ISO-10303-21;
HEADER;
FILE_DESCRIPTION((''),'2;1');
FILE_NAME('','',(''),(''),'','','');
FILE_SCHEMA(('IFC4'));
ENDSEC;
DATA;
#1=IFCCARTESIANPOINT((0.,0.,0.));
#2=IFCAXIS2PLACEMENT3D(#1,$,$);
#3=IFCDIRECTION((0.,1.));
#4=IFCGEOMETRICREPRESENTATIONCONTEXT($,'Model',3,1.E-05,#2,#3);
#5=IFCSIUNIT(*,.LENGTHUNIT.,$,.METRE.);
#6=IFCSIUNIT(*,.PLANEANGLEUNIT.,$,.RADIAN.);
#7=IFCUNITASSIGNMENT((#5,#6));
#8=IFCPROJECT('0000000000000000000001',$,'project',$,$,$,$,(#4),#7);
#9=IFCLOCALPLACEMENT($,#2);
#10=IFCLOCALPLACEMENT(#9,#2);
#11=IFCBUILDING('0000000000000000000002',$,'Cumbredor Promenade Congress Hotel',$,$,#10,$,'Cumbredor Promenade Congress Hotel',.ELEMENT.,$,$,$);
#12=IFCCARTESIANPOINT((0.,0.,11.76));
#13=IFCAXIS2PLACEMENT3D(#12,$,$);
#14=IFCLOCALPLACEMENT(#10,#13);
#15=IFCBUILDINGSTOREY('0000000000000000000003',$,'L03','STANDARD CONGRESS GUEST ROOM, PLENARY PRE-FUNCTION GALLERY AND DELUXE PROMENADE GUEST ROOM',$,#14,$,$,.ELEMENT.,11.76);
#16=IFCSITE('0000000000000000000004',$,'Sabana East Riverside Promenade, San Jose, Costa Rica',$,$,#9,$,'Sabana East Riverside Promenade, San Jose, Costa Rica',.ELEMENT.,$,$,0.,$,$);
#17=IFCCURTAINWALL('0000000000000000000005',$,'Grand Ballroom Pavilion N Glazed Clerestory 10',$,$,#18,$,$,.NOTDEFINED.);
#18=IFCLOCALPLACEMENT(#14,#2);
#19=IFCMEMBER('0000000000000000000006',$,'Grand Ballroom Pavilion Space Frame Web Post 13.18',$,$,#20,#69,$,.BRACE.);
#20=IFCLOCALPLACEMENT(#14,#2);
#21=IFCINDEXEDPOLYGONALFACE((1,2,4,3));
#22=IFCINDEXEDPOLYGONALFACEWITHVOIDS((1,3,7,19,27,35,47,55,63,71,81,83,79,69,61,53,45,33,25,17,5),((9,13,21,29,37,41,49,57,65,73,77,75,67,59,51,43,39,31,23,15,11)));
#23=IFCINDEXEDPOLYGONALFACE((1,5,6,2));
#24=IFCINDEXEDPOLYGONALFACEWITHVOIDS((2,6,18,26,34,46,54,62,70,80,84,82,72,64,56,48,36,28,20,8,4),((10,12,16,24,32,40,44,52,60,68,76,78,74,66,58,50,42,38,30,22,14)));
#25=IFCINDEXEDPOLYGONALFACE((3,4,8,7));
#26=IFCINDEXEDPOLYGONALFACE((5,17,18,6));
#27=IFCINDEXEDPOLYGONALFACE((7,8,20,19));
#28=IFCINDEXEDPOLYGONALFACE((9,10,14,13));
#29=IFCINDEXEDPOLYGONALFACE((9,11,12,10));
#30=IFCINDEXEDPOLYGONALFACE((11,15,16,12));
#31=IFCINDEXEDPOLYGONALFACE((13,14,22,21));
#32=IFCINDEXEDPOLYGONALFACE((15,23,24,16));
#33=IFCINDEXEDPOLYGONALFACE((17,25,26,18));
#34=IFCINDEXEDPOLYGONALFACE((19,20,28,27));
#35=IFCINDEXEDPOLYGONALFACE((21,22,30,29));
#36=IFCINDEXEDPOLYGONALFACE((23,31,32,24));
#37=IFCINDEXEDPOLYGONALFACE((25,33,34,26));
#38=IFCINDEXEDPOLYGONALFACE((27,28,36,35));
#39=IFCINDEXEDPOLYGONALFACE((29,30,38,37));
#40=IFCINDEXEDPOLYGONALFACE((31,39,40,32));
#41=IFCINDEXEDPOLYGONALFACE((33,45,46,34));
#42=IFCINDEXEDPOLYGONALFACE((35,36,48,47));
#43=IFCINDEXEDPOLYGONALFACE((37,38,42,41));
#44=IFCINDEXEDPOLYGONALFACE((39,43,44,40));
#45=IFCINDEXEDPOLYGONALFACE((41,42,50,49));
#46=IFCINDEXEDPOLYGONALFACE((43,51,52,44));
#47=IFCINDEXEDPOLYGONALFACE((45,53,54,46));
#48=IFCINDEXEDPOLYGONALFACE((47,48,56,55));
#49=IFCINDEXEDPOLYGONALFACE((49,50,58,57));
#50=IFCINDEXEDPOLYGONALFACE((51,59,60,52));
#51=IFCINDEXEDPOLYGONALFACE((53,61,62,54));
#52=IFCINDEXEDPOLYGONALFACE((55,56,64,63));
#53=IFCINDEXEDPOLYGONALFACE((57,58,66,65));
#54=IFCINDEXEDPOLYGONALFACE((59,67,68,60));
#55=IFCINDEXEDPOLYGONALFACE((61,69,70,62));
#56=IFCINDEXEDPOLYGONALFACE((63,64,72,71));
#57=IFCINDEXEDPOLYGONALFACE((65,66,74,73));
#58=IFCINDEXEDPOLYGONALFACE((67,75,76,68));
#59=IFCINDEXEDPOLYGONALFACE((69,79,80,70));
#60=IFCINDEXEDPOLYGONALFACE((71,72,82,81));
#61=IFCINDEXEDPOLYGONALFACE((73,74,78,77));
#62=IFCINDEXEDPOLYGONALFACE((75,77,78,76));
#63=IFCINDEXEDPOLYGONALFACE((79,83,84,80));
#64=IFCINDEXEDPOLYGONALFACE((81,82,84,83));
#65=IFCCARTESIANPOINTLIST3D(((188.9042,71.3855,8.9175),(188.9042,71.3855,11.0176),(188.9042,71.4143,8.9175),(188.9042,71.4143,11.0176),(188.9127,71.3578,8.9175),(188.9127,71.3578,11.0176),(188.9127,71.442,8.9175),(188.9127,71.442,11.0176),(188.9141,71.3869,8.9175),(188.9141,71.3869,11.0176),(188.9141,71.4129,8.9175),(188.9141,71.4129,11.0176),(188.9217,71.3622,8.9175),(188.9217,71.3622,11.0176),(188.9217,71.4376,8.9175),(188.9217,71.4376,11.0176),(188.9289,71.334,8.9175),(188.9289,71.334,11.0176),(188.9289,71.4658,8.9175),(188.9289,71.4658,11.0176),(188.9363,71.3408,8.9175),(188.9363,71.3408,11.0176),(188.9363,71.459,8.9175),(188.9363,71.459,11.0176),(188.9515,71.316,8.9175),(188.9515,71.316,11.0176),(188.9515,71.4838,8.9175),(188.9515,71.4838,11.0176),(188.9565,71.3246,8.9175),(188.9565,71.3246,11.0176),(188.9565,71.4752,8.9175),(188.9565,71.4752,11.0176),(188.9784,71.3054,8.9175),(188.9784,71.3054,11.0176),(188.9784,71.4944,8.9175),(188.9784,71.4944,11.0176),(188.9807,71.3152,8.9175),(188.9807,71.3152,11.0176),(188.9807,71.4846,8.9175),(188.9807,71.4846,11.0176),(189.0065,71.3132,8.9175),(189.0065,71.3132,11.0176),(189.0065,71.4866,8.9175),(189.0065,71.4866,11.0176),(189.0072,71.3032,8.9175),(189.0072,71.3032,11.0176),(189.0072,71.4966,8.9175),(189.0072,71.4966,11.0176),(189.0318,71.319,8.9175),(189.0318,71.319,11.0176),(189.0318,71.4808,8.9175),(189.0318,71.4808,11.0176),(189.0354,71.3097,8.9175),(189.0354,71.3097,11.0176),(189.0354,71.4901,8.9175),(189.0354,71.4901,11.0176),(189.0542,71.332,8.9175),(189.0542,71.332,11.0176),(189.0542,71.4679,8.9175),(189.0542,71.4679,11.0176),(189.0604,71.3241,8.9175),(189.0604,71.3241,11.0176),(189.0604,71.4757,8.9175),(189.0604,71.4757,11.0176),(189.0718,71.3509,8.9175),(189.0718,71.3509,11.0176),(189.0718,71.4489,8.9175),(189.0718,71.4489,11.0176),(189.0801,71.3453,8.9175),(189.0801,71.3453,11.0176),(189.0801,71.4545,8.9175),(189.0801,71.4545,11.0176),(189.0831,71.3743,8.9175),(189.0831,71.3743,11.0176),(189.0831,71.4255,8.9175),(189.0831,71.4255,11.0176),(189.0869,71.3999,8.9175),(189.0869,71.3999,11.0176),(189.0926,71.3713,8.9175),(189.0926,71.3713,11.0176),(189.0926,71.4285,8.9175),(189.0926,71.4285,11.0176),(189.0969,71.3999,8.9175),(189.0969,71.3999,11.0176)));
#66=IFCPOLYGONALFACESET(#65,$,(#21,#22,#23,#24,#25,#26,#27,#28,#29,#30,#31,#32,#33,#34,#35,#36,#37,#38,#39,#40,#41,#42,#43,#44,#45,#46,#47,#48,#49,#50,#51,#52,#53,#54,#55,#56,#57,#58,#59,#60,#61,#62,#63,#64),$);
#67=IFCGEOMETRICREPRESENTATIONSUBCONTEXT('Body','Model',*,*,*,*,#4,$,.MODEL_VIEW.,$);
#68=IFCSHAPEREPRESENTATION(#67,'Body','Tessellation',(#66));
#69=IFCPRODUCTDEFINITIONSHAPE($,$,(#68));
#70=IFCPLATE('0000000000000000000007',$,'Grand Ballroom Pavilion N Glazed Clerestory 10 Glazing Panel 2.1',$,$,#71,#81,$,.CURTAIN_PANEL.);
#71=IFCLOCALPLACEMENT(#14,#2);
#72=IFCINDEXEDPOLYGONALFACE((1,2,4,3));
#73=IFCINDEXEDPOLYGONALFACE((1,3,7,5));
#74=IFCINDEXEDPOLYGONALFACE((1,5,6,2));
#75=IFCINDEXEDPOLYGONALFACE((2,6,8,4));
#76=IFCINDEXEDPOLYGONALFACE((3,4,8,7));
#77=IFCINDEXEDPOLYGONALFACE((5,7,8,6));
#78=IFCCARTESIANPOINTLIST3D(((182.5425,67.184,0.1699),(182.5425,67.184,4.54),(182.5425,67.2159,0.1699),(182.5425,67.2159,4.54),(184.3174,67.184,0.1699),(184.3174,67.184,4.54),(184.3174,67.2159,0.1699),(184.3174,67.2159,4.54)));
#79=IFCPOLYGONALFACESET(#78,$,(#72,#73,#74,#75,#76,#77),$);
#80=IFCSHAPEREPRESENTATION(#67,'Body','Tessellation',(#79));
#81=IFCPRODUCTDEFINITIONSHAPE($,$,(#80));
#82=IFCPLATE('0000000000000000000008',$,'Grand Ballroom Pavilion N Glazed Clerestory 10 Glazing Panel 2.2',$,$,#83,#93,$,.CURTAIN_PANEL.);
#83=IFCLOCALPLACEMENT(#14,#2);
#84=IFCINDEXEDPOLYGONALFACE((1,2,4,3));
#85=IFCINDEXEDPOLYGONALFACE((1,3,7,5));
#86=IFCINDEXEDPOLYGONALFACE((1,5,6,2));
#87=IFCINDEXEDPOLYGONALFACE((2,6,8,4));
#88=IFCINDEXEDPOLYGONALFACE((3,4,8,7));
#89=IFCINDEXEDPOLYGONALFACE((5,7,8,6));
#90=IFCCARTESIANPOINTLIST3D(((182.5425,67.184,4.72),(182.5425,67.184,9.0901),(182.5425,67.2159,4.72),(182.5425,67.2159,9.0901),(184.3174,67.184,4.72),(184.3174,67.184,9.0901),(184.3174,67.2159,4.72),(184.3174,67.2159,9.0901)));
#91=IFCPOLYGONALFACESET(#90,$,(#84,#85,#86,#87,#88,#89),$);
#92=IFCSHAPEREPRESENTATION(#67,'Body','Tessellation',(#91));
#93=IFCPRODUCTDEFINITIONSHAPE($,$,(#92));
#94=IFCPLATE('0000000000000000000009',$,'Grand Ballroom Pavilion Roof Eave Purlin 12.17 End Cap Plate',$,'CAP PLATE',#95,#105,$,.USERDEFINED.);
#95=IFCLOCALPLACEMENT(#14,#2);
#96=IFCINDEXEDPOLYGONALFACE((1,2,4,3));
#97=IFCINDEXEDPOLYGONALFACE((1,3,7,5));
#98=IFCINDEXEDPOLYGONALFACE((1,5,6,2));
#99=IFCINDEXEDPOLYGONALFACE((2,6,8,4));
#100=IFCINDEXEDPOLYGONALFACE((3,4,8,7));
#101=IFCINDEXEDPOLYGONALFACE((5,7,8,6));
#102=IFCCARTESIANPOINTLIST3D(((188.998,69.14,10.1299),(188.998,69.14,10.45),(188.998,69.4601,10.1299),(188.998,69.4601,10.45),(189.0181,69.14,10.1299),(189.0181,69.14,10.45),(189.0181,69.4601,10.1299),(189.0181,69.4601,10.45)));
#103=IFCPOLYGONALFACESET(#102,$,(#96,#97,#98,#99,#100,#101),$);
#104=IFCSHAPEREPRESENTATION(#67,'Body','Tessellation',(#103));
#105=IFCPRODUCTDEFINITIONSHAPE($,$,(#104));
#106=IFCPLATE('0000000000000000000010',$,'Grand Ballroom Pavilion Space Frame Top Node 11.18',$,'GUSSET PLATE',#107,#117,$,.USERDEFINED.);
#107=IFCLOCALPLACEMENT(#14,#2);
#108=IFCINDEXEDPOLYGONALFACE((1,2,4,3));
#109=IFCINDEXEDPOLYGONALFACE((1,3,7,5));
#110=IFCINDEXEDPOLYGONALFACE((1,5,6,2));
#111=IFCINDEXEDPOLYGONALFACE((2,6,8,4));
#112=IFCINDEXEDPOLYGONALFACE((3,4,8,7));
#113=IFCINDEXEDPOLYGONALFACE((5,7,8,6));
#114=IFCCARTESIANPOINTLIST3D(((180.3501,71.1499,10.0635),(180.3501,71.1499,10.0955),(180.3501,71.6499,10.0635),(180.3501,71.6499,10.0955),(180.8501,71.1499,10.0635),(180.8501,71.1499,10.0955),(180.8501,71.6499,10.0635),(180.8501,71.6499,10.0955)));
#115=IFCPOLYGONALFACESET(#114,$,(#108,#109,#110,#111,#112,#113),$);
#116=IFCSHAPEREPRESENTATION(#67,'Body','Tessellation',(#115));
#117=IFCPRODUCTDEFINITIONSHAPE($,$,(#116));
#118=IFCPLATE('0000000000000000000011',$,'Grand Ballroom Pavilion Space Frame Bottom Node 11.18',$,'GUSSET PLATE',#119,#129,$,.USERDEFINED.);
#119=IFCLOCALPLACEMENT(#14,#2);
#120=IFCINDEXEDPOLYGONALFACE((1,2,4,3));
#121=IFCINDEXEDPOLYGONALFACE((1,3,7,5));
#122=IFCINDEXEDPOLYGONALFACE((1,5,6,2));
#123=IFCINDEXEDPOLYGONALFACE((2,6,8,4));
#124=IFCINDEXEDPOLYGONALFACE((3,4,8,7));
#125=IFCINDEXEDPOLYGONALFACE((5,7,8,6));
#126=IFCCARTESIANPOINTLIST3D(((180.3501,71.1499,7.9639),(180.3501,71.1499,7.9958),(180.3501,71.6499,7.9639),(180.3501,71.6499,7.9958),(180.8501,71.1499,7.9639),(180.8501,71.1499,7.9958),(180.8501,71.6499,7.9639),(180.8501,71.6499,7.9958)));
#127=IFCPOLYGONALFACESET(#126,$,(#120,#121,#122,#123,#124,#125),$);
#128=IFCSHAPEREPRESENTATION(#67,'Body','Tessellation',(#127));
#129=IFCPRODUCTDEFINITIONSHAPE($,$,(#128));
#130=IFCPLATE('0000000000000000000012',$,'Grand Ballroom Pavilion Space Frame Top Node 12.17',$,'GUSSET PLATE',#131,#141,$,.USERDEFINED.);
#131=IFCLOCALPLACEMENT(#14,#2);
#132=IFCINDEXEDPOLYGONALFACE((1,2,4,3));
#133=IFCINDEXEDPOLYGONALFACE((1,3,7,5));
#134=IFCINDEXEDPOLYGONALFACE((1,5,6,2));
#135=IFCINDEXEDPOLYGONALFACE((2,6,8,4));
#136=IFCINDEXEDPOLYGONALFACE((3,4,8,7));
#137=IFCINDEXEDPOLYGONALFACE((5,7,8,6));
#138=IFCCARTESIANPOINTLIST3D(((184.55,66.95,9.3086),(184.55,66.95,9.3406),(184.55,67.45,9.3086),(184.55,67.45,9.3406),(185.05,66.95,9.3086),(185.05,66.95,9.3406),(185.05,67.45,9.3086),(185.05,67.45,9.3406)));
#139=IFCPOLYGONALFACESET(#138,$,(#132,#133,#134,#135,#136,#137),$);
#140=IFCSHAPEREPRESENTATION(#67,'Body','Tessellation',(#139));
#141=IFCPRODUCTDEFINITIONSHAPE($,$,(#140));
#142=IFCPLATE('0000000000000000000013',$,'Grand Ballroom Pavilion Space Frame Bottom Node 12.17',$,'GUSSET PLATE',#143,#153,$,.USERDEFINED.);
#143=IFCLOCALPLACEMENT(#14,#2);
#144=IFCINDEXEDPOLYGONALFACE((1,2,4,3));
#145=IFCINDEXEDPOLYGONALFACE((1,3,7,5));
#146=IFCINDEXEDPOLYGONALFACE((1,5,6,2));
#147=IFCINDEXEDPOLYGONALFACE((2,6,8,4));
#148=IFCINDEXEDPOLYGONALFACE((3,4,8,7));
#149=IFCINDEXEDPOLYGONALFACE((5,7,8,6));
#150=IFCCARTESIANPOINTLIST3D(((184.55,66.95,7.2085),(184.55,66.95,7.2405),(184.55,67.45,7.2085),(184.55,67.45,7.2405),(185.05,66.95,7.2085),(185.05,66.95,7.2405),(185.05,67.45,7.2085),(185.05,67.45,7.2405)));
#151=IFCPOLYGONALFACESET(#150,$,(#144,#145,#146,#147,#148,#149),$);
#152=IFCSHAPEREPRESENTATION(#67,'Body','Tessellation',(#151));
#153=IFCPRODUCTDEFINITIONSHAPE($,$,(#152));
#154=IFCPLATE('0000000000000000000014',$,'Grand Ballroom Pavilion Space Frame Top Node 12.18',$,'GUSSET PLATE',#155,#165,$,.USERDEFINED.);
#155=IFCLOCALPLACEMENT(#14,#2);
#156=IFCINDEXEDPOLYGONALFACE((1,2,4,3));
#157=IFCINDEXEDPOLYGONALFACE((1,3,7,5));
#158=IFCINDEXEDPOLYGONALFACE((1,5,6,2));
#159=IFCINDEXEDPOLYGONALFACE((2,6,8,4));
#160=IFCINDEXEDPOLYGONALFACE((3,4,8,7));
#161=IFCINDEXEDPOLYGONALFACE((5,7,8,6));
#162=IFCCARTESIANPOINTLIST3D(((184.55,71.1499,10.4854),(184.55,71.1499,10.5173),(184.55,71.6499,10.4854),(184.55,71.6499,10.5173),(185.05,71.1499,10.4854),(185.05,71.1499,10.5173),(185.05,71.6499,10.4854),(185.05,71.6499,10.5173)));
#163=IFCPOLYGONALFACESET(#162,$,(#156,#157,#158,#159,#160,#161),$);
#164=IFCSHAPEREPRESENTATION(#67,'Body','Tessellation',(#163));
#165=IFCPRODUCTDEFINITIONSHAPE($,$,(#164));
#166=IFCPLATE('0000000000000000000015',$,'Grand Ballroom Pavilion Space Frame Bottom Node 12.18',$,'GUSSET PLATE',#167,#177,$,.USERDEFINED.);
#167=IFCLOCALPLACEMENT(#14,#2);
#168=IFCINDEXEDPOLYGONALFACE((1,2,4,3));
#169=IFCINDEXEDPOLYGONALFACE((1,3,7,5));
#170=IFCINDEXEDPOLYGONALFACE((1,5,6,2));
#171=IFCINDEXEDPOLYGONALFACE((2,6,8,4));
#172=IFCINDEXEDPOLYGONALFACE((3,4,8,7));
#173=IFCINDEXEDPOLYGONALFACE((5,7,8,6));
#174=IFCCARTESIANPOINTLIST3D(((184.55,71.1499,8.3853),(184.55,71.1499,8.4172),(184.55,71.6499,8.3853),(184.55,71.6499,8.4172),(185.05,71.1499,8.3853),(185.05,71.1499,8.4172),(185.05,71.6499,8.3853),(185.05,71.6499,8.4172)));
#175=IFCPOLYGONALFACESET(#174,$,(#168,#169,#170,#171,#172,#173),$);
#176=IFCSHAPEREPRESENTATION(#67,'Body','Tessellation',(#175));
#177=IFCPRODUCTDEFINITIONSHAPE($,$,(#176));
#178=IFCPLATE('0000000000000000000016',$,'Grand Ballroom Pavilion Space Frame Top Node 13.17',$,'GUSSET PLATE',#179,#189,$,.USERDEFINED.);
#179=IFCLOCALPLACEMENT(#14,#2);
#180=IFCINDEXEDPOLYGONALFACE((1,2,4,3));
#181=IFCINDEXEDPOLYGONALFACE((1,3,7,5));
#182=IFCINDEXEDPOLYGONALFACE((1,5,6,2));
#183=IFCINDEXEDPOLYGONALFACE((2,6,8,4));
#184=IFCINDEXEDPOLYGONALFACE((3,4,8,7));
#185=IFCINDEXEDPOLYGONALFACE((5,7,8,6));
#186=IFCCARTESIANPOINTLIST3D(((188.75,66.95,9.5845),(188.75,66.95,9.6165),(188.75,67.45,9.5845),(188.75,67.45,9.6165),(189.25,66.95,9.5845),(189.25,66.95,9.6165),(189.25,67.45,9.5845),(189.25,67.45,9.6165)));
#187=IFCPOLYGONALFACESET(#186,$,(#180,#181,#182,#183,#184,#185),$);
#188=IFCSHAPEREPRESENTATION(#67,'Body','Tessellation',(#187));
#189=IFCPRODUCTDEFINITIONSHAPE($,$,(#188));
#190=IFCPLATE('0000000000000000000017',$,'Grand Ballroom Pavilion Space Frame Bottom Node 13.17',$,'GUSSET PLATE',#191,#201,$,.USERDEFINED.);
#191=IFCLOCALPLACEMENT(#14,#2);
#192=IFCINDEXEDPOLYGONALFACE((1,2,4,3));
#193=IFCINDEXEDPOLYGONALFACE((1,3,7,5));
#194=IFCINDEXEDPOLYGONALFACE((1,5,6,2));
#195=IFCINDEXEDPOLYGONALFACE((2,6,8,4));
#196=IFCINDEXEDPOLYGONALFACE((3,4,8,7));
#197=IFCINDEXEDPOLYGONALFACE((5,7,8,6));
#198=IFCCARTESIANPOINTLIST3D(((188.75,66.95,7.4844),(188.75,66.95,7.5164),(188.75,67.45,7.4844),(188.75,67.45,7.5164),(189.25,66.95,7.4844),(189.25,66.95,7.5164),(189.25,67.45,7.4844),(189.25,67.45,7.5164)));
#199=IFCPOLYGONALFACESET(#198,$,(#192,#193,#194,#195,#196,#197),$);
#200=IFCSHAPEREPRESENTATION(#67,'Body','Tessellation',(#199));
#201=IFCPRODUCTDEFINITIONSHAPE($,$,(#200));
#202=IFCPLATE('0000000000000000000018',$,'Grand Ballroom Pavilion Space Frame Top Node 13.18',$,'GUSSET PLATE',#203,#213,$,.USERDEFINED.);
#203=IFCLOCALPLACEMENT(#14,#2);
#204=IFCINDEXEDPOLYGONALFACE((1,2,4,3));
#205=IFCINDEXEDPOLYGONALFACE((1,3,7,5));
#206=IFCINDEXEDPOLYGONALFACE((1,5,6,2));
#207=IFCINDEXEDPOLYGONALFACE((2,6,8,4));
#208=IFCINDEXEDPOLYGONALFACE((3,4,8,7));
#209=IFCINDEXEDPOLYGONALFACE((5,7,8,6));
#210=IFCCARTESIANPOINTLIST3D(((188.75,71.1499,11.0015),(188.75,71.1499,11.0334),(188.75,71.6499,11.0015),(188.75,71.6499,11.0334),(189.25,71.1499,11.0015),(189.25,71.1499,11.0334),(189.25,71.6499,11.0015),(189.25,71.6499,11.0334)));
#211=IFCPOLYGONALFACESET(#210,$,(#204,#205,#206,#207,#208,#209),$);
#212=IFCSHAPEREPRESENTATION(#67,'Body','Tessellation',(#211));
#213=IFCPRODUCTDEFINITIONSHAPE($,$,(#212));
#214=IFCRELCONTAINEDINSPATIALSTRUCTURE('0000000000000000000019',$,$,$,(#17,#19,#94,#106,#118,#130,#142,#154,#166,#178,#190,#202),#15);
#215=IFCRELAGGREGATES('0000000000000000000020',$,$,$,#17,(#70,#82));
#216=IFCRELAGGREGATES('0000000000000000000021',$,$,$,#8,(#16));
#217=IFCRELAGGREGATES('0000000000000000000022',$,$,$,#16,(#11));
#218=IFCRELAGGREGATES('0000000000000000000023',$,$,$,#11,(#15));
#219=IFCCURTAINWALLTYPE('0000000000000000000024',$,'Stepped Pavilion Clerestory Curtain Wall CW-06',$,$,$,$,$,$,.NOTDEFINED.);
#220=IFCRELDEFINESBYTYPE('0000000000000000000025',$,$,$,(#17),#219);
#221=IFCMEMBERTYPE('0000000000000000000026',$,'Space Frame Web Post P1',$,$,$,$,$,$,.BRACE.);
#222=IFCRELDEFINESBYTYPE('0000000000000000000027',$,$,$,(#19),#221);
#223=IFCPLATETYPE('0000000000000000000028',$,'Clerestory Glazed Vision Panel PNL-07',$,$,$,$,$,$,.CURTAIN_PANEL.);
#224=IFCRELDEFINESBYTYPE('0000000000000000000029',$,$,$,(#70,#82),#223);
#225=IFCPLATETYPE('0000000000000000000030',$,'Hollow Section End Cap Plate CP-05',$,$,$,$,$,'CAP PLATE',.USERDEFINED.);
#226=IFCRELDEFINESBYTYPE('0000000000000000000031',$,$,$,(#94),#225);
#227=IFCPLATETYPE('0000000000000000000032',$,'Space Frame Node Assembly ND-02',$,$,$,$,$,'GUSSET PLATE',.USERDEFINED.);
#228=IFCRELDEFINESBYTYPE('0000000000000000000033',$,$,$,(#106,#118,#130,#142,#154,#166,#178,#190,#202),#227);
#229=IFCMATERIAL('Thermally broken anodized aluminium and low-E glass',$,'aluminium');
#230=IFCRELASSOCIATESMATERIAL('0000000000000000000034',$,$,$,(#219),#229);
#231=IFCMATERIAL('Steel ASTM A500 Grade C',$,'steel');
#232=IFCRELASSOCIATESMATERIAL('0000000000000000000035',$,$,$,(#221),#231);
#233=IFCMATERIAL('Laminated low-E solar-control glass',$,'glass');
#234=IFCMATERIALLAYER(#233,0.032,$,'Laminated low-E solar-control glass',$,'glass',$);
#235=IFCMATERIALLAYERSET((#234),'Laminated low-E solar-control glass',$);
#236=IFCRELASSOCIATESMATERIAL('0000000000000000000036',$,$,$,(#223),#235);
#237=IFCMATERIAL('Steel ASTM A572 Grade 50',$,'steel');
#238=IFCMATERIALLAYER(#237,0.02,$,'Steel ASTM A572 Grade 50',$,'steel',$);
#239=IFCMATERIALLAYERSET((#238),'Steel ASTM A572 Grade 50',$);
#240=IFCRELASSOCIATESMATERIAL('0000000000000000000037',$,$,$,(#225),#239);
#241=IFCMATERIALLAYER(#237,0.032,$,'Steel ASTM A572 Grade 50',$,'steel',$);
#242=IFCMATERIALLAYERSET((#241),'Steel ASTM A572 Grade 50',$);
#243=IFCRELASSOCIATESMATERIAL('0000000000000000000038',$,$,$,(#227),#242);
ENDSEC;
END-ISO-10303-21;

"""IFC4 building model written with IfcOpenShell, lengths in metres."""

from ifc_helpers import new_model, si_unit, direction, frame, origin, origin_2d, place, context, subcontext, project, spatial, rectangle, hollow_circle, extrude, material, layer, layer_set, material_profile, profile_set, type_object, element, aggregate, save


model = new_model("IFC4")

# Units and contexts
model_context = context("Model", 3, precision=1e-05, world=origin(), true_north=direction((0.0, 1.0)))
body_context = subcontext(model_context, "Body", "Model", "MODEL_VIEW")
ifc_project = project(units=[si_unit("LENGTHUNIT", "METRE"), si_unit("PLANEANGLEUNIT", "RADIAN")], contexts=[model_context])

# Site, building, storey
site_placement = place(None, origin())
site = spatial("IfcSite", under=ifc_project, at=site_placement, Name="Sabana East Riverside Promenade, San Jose, Costa Rica", LongName="Sabana East Riverside Promenade, San Jose, Costa Rica", CompositionType="ELEMENT", RefElevation=0.0)
building_placement = place(site_placement, origin())
building = spatial("IfcBuilding", under=site, at=building_placement, Name="Cumbredor Promenade Congress Hotel", LongName="Cumbredor Promenade Congress Hotel", CompositionType="ELEMENT")
storey_placement = place(building_placement, frame((0.0, 0.0, 11.76)))
storey = spatial("IfcBuildingStorey", under=building, at=storey_placement, Name="L03", Description="STANDARD CONGRESS GUEST ROOM, PLENARY PRE-FUNCTION GALLERY AND DELUXE PROMENADE GUEST ROOM", CompositionType="ELEMENT", Elevation=11.76)

# Shared definitions
ifc_material_1 = material(Name="Steel ASTM A500 Grade C", Category="steel")

# Curtain wall
ifc_material_2 = material(Name="Thermally broken anodized aluminium and low-E glass", Category="aluminium")
curtain_wall_type = type_object("IfcCurtainWallType", Name="Stepped Pavilion Clerestory Curtain Wall CW-06", PredefinedType="NOTDEFINED", material=ifc_material_2)
curtain_wall_placement = place(storey_placement, origin())
curtain_wall = element("IfcCurtainWall", 1, at=curtain_wall_placement, inside=storey, type_object=curtain_wall_type, Name="Grand Ballroom Pavilion N Glazed Clerestory 10", PredefinedType="NOTDEFINED")

# Member
ifc_material_profile_1 = material_profile(ifc_material_1, hollow_circle(Radius=0.0969, WallThickness=0.01, at=origin_2d()), Name="CHS 193.7x10")
ifc_profile_set_1 = profile_set([ifc_material_profile_1], Name="Steel ASTM A500 Grade C")
member_type_1 = type_object("IfcMemberType", Name="Space Frame Web Post P1", PredefinedType="BRACE", material=ifc_profile_set_1)
for number, where, z_axis, x_axis, name in (
    (2, (189.0, 71.3999, 8.9175), (0.0, 0.0, 1.0), (1.0, 0.0, 0.0), "Grand Ballroom Pavilion Space Frame Web Post 13.18"),
):
    element("IfcMember", number, at=place(storey_placement, frame(where, z_axis=z_axis, x_axis=x_axis)), inside=storey, type_object=member_type_1, Name=name, PredefinedType="BRACE", context=body_context, shape_type="SweptSolid", body=[
        extrude(hollow_circle(Radius=0.0969, WallThickness=0.01, at=origin_2d()), origin(), (0.0, 0.0, 1.0), 2.1001),
    ])

# Plates
ifc_material_3 = material(Name="Laminated low-E solar-control glass", Category="glass")
ifc_layer_1 = layer(ifc_material_3, 0.032, Name="Laminated low-E solar-control glass", Category="glass")
ifc_layer_set_1 = layer_set([ifc_layer_1], Name="Laminated low-E solar-control glass")
plate_type_1 = type_object("IfcPlateType", Name="Clerestory Glazed Vision Panel PNL-07", PredefinedType="CURTAIN_PANEL", material=ifc_layer_set_1)
plate_1_placement = place(storey_placement, frame((183.4299, 67.2, 0.1699), z_axis=(0.0, 0.0, 1.0), x_axis=(1.0, 0.0, 0.0)))
plate_1 = element("IfcPlate", 3, at=plate_1_placement, type_object=plate_type_1, Name="Grand Ballroom Pavilion N Glazed Clerestory 10 Glazing Panel 2.1", PredefinedType="CURTAIN_PANEL", context=body_context, shape_type="SweptSolid", body=[
    extrude(rectangle(XDim=1.7749, YDim=0.032, at=origin_2d()), origin(), (0.0, 0.0, 1.0), 4.3701),
])
plate_2_placement = place(storey_placement, frame((183.4299, 67.2, 4.72), z_axis=(0.0, 0.0, 1.0), x_axis=(1.0, 0.0, 0.0)))
plate_2 = element("IfcPlate", 4, at=plate_2_placement, type_object=plate_type_1, Name="Grand Ballroom Pavilion N Glazed Clerestory 10 Glazing Panel 2.2", PredefinedType="CURTAIN_PANEL", context=body_context, shape_type="SweptSolid", body=[
    extrude(rectangle(XDim=1.7749, YDim=0.032, at=origin_2d()), origin(), (0.0, 0.0, 1.0), 4.3701),
])
aggregate(curtain_wall, [plate_1, plate_2])

# Plates
ifc_material_4 = material(Name="Steel ASTM A572 Grade 50", Category="steel")
ifc_layer_2 = layer(ifc_material_4, 0.02, Name="Steel ASTM A572 Grade 50", Category="steel")
ifc_layer_set_2 = layer_set([ifc_layer_2], Name="Steel ASTM A572 Grade 50")
plate_type_2 = type_object("IfcPlateType", Name="Hollow Section End Cap Plate CP-05", ElementType="CAP PLATE", PredefinedType="USERDEFINED", material=ifc_layer_set_2)
plate_3_placement = place(storey_placement, frame((189.0081, 69.3, 10.1299), z_axis=(0.0, 0.0, 1.0), x_axis=(1.0, 0.0, 0.0)))
element("IfcPlate", 5, at=plate_3_placement, inside=storey, type_object=plate_type_2, Name="Grand Ballroom Pavilion Roof Eave Purlin 12.17 End Cap Plate", ObjectType="CAP PLATE", PredefinedType="USERDEFINED", context=body_context, shape_type="SweptSolid", body=[
    extrude(rectangle(XDim=0.02, YDim=0.3201, at=origin_2d()), origin(), (0.0, 0.0, 1.0), 0.3201),
])
ifc_layer_3 = layer(ifc_material_4, 0.032, Name="Steel ASTM A572 Grade 50", Category="steel")
ifc_layer_set_3 = layer_set([ifc_layer_3], Name="Steel ASTM A572 Grade 50")
plate_type_3 = type_object("IfcPlateType", Name="Space Frame Node Assembly ND-02", ElementType="GUSSET PLATE", PredefinedType="USERDEFINED", material=ifc_layer_set_3)
for number, where, z_axis, x_axis, name in (
    (6, (180.6001, 71.3999, 10.0635), (0.0, 0.0, 1.0), (1.0, 0.0, 0.0), "Grand Ballroom Pavilion Space Frame Top Node 11.18"),
    (7, (180.6001, 71.3999, 7.9639), (0.0, 0.0, 1.0), (1.0, 0.0, 0.0), "Grand Ballroom Pavilion Space Frame Bottom Node 11.18"),
    (8, (184.8, 67.2, 9.3086), (0.0, 0.0, 1.0), (1.0, 0.0, 0.0), "Grand Ballroom Pavilion Space Frame Top Node 12.17"),
    (9, (184.8, 67.2, 7.2085), (0.0, 0.0, 1.0), (1.0, 0.0, 0.0), "Grand Ballroom Pavilion Space Frame Bottom Node 12.17"),
    (10, (184.8, 71.3999, 10.4854), (0.0, 0.0, 1.0), (1.0, 0.0, 0.0), "Grand Ballroom Pavilion Space Frame Top Node 12.18"),
    (11, (184.8, 71.3999, 8.3853), (0.0, 0.0, 1.0), (1.0, 0.0, 0.0), "Grand Ballroom Pavilion Space Frame Bottom Node 12.18"),
    (12, (189.0, 67.2, 9.5845), (0.0, 0.0, 1.0), (1.0, 0.0, 0.0), "Grand Ballroom Pavilion Space Frame Top Node 13.17"),
    (13, (189.0, 67.2, 7.4844), (0.0, 0.0, 1.0), (1.0, 0.0, 0.0), "Grand Ballroom Pavilion Space Frame Bottom Node 13.17"),
    (14, (189.0, 71.3999, 11.0015), (0.0, 0.0, 1.0), (1.0, 0.0, 0.0), "Grand Ballroom Pavilion Space Frame Top Node 13.18"),
):
    element("IfcPlate", number, at=place(storey_placement, frame(where, z_axis=z_axis, x_axis=x_axis)), inside=storey, type_object=plate_type_3, Name=name, ObjectType="GUSSET PLATE", PredefinedType="USERDEFINED", context=body_context, shape_type="SweptSolid", body=[
        extrude(rectangle(XDim=0.5, YDim=0.5, at=origin_2d()), origin(), (0.0, 0.0, 1.0), 0.032),
    ])

save(model, "model.ifc")
